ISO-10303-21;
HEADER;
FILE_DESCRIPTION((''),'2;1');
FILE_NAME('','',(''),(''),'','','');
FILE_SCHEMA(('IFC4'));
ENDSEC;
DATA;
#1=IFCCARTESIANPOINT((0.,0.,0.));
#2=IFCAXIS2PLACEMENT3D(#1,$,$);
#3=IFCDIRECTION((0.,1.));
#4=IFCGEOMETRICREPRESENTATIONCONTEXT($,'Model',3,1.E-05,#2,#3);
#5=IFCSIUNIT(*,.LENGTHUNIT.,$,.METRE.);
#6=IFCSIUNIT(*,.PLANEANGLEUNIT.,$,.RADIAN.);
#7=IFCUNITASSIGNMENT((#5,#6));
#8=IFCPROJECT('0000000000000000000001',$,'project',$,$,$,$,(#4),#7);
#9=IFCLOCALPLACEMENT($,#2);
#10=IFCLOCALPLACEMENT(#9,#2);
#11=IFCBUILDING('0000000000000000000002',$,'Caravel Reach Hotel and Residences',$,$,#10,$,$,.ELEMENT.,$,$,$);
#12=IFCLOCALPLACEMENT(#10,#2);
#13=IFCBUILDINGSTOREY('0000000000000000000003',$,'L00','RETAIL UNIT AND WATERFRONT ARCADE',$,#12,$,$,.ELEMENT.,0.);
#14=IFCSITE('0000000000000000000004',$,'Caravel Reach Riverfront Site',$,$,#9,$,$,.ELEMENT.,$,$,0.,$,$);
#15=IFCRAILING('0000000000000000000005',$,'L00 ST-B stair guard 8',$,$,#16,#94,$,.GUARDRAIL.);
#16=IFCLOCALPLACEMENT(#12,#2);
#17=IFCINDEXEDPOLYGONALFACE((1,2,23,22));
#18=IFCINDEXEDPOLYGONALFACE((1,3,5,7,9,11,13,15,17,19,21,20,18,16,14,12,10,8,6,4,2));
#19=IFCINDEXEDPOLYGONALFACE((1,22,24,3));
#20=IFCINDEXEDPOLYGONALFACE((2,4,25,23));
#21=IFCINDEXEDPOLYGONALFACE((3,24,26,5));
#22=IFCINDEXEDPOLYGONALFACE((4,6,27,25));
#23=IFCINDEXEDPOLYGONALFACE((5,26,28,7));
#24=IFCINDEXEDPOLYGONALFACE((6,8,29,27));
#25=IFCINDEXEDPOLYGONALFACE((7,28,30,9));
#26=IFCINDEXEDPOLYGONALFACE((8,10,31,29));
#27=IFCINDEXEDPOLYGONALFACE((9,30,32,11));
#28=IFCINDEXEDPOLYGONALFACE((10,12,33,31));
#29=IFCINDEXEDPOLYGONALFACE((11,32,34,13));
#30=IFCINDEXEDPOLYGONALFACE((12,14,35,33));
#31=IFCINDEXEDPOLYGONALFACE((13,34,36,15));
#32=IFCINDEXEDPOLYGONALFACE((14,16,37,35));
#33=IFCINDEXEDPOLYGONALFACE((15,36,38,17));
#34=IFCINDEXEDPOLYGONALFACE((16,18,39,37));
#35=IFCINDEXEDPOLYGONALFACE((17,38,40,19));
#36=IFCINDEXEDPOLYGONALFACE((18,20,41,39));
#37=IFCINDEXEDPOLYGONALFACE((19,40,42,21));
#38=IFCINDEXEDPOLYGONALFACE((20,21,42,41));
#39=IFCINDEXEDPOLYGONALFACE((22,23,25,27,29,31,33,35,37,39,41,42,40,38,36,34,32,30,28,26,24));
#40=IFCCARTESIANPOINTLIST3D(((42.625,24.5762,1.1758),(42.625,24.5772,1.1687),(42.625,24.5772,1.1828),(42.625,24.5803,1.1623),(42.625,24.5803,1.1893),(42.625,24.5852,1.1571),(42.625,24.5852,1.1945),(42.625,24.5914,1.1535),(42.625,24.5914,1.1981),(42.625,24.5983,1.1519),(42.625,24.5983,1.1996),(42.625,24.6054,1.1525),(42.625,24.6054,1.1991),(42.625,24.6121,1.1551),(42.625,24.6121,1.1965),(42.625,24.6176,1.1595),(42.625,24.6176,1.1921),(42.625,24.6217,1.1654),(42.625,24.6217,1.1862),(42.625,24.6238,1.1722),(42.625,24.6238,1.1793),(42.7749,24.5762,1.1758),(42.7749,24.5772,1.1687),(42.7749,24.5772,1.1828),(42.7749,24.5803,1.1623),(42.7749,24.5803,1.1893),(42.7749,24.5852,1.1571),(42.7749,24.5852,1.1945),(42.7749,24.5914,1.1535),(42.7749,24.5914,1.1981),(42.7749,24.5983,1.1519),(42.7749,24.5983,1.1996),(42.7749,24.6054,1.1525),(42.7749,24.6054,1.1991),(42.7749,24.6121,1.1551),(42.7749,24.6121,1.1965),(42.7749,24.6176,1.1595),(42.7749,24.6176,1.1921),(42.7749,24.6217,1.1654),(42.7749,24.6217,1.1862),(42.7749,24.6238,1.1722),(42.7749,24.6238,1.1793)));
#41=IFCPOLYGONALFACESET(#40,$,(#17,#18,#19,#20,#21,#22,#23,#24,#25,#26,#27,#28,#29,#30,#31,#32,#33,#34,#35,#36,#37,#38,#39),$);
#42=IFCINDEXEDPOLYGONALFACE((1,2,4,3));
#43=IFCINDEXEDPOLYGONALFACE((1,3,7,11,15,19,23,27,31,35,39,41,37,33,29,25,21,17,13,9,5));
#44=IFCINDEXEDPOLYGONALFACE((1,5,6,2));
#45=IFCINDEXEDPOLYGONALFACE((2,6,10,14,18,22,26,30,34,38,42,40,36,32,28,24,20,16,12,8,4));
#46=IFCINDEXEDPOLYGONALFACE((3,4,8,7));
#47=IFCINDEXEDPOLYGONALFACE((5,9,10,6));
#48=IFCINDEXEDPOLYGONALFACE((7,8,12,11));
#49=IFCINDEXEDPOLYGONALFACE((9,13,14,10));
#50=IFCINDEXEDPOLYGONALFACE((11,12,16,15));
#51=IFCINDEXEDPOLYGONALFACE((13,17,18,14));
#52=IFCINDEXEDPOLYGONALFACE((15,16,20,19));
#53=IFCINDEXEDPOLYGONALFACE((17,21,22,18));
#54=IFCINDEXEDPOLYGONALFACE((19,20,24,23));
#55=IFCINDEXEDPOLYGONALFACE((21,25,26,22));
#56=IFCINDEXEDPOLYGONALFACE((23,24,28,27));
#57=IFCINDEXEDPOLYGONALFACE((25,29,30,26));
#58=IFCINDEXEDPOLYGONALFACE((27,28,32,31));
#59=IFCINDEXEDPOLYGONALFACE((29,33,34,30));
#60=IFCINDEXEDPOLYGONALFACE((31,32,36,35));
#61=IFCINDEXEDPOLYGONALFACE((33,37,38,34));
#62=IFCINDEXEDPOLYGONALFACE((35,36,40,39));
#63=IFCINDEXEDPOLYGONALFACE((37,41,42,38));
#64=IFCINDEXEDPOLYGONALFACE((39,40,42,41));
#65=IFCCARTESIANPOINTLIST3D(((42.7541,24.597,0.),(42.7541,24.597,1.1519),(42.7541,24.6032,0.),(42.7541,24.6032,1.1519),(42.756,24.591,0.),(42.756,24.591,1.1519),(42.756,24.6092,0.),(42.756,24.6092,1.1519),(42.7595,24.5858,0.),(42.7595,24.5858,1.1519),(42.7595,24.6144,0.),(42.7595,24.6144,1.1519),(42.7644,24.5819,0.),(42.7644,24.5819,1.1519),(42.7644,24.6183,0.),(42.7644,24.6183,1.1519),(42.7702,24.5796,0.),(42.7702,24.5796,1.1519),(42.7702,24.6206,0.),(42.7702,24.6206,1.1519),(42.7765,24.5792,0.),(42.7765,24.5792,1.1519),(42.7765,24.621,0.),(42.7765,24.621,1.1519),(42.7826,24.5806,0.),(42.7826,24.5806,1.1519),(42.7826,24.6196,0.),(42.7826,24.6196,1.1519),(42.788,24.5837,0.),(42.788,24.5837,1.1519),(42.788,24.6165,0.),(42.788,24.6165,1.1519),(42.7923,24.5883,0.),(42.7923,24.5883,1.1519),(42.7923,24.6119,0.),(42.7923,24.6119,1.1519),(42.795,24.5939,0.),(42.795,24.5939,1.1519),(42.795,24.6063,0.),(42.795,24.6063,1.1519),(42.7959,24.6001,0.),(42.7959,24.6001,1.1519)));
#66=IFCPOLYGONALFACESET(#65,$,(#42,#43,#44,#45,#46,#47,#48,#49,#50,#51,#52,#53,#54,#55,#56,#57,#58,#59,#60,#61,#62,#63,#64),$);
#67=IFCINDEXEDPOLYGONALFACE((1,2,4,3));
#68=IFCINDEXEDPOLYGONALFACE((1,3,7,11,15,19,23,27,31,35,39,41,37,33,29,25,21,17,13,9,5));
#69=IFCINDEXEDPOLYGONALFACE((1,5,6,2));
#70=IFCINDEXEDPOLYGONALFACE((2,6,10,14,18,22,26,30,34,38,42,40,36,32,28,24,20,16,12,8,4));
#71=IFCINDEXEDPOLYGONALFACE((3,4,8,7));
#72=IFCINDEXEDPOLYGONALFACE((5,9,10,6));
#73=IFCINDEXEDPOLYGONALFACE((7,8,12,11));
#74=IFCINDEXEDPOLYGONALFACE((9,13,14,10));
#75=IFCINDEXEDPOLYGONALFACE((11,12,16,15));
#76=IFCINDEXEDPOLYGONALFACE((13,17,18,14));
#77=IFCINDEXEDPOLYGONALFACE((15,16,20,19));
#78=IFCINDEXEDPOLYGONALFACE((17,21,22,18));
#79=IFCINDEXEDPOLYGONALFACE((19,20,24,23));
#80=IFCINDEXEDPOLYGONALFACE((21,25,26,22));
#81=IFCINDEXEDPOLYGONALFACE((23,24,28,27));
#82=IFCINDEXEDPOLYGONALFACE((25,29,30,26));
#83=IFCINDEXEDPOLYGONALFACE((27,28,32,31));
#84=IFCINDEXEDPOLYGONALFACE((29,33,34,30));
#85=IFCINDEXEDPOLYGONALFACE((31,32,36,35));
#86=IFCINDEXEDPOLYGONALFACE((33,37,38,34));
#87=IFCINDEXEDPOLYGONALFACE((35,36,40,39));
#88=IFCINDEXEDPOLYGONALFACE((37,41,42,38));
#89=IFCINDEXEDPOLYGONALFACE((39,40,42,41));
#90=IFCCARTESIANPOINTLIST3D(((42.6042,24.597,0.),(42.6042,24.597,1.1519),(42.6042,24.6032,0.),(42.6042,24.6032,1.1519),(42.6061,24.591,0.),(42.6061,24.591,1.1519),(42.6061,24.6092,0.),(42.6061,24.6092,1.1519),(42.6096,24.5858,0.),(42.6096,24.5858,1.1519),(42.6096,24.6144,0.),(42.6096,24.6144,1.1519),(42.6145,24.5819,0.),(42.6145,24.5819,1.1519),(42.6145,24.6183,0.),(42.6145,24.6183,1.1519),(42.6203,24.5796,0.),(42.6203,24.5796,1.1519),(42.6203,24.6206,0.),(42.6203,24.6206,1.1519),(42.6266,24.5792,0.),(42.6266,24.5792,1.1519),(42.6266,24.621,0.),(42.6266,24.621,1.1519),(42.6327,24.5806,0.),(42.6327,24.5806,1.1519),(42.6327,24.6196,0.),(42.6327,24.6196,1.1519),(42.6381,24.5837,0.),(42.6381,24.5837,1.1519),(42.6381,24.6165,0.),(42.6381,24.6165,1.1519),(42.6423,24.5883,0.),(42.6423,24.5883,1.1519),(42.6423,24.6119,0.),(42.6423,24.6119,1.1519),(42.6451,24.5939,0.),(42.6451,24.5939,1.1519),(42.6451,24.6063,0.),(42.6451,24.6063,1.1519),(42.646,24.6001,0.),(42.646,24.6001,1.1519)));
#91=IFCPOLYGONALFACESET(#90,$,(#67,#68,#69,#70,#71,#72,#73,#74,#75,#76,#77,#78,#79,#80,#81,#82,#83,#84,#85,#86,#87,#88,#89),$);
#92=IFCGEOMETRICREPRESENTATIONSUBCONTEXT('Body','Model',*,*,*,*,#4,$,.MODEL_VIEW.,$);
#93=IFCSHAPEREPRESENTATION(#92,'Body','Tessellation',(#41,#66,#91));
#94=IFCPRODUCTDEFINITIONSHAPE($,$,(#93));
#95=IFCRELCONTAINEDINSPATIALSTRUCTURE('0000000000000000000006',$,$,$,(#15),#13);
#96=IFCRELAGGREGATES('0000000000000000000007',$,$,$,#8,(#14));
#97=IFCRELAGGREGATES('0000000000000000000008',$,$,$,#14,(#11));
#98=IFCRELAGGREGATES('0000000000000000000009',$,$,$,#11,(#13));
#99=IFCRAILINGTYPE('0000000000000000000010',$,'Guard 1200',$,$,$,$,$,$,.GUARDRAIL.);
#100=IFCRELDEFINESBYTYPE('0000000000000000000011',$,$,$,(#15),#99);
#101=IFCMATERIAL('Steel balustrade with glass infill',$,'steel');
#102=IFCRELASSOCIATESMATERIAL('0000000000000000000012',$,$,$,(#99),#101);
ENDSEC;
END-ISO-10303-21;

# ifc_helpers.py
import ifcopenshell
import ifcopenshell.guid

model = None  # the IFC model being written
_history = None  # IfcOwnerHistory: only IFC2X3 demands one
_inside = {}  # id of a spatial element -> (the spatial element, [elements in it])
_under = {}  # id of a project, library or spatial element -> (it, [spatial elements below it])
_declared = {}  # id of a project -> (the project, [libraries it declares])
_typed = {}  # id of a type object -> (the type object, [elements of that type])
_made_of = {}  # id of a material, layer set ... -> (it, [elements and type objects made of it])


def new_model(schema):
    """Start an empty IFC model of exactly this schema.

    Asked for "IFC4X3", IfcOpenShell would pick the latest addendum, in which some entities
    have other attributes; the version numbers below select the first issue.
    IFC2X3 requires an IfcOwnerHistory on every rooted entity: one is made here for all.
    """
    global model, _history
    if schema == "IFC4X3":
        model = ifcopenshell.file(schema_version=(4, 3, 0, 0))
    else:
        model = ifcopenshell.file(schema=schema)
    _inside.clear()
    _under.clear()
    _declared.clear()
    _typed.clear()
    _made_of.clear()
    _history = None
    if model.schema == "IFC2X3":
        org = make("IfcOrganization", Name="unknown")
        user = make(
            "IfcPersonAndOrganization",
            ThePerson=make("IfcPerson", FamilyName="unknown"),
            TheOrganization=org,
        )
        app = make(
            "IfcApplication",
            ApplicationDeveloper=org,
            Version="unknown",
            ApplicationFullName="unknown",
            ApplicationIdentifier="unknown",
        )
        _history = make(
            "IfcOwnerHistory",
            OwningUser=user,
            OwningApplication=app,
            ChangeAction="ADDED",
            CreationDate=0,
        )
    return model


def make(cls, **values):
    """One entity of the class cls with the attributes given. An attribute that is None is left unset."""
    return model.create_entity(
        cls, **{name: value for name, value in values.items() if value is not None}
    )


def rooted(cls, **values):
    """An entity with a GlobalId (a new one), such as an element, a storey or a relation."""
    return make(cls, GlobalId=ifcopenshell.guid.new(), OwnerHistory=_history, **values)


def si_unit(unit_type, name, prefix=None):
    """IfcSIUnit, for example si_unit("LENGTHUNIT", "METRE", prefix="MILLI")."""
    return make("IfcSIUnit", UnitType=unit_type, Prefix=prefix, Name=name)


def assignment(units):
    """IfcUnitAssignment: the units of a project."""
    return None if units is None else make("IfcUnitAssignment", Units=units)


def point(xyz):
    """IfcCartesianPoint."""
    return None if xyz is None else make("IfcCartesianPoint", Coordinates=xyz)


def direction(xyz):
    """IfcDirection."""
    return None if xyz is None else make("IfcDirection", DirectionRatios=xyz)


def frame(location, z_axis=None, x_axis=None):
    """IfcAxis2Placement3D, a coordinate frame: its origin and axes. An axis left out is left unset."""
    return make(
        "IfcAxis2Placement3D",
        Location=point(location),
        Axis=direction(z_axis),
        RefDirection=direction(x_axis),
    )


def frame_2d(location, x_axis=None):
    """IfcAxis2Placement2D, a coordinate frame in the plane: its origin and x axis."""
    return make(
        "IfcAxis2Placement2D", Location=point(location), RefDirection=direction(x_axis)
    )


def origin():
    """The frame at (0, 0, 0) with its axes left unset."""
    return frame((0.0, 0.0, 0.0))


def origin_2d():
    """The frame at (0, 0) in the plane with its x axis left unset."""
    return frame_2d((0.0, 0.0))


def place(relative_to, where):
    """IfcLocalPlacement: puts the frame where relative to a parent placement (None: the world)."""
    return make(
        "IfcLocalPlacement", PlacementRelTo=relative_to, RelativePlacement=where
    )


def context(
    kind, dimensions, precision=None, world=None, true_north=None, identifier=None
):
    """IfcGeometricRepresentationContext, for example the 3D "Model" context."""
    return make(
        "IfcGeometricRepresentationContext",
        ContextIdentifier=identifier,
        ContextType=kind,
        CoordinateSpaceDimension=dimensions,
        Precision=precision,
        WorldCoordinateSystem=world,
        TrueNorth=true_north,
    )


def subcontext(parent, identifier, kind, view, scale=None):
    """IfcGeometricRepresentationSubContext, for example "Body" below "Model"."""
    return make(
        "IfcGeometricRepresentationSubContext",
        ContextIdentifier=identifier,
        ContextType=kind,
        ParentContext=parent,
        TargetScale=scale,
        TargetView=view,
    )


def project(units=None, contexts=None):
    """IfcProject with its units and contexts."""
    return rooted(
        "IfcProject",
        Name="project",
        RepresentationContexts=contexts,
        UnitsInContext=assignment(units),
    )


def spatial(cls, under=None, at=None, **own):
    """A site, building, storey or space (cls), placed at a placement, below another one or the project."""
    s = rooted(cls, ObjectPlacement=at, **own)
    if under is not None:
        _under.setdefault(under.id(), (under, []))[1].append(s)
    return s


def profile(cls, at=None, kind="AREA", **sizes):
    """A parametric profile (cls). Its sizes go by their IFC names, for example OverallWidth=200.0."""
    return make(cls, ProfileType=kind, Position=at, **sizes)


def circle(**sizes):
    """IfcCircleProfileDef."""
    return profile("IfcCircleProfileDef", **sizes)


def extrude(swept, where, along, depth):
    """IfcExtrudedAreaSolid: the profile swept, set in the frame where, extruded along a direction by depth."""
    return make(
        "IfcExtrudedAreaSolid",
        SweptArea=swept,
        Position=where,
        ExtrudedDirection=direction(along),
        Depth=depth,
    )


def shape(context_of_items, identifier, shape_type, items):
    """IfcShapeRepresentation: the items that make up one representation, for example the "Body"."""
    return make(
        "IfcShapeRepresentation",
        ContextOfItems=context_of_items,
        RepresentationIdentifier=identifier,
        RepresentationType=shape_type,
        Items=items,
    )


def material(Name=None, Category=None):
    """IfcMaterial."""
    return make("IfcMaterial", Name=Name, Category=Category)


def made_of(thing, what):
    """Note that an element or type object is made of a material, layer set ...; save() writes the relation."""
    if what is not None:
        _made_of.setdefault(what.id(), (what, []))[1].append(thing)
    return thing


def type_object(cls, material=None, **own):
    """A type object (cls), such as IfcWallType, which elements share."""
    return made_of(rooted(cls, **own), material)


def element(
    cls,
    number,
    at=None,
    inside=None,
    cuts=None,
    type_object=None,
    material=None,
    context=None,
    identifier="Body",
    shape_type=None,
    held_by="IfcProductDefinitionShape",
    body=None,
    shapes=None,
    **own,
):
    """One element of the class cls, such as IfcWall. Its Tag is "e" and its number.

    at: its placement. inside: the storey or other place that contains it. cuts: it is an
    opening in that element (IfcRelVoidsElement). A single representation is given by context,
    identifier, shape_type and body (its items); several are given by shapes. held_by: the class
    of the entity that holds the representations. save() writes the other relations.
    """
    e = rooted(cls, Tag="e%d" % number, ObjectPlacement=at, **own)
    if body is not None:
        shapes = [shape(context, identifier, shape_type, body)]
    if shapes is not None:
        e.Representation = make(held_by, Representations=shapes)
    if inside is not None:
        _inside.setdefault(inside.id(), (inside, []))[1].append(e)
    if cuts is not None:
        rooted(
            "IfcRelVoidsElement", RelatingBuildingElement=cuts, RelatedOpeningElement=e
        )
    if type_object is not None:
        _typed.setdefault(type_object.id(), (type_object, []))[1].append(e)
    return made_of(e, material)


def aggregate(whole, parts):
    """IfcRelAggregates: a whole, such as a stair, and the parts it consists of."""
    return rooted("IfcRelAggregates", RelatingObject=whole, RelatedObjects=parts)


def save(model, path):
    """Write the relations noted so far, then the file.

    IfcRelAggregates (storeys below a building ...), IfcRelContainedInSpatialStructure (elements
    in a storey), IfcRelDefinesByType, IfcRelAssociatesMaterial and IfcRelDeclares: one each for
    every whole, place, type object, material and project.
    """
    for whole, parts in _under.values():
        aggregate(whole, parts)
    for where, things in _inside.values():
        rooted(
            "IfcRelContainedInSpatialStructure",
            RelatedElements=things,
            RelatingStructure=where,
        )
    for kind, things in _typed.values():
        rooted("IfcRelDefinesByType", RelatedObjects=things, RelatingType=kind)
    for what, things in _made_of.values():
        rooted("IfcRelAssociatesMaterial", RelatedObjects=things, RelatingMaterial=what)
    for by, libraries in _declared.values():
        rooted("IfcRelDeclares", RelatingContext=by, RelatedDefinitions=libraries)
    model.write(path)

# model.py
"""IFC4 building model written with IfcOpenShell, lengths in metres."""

from ifc_helpers import new_model, si_unit, direction, frame, origin, origin_2d, place, context, subcontext, project, spatial, circle, extrude, material, type_object, element, save


model = new_model("IFC4")

# Units and contexts
model_context = context("Model", 3, precision=1e-05, world=origin(), true_north=direction((0.0, 1.0)))
body_context = subcontext(model_context, "Body", "Model", "MODEL_VIEW")
ifc_project = project(units=[si_unit("LENGTHUNIT", "METRE"), si_unit("PLANEANGLEUNIT", "RADIAN")], contexts=[model_context])

# Site, building, storey
site_placement = place(None, origin())
site = spatial("IfcSite", under=ifc_project, at=site_placement, Name="Caravel Reach Riverfront Site", CompositionType="ELEMENT", RefElevation=0.0)
building_placement = place(site_placement, origin())
building = spatial("IfcBuilding", under=site, at=building_placement, Name="Caravel Reach Hotel and Residences", CompositionType="ELEMENT")
storey_placement = place(building_placement, origin())
storey = spatial("IfcBuildingStorey", under=building, at=storey_placement, Name="L00", Description="RETAIL UNIT AND WATERFRONT ARCADE", CompositionType="ELEMENT", Elevation=0.0)

# Railing
ifc_material_1 = material(Name="Steel balustrade with glass infill", Category="steel")
railing_type_1 = type_object("IfcRailingType", Name="Guard 1200", PredefinedType="GUARDRAIL", material=ifc_material_1)
railing_1_placement = place(storey_placement, frame((42.7749, 24.6001, 0.0)))
element("IfcRailing", 1, at=railing_1_placement, inside=storey, type_object=railing_type_1, Name="L00 ST-B stair guard 8", PredefinedType="GUARDRAIL", context=body_context, shape_type="SweptSolid", body=[
    extrude(circle(Radius=0.0239, at=origin_2d()), frame((0.0, 0.0, 1.1758), z_axis=(-1.0, 0.0, 0.0), x_axis=(0.0, -1.0, 0.0)), (0.0, 0.0, 1.0), 0.1499),
    extrude(circle(Radius=0.021, at=origin_2d()), origin(), (0.0, 0.0, 1.0), 1.1519),
    extrude(circle(Radius=0.021, at=origin_2d()), frame((-0.1499, 0.0, 0.0)), (0.0, 0.0, 1.0), 1.1519),
])

save(model, "model.ifc")
